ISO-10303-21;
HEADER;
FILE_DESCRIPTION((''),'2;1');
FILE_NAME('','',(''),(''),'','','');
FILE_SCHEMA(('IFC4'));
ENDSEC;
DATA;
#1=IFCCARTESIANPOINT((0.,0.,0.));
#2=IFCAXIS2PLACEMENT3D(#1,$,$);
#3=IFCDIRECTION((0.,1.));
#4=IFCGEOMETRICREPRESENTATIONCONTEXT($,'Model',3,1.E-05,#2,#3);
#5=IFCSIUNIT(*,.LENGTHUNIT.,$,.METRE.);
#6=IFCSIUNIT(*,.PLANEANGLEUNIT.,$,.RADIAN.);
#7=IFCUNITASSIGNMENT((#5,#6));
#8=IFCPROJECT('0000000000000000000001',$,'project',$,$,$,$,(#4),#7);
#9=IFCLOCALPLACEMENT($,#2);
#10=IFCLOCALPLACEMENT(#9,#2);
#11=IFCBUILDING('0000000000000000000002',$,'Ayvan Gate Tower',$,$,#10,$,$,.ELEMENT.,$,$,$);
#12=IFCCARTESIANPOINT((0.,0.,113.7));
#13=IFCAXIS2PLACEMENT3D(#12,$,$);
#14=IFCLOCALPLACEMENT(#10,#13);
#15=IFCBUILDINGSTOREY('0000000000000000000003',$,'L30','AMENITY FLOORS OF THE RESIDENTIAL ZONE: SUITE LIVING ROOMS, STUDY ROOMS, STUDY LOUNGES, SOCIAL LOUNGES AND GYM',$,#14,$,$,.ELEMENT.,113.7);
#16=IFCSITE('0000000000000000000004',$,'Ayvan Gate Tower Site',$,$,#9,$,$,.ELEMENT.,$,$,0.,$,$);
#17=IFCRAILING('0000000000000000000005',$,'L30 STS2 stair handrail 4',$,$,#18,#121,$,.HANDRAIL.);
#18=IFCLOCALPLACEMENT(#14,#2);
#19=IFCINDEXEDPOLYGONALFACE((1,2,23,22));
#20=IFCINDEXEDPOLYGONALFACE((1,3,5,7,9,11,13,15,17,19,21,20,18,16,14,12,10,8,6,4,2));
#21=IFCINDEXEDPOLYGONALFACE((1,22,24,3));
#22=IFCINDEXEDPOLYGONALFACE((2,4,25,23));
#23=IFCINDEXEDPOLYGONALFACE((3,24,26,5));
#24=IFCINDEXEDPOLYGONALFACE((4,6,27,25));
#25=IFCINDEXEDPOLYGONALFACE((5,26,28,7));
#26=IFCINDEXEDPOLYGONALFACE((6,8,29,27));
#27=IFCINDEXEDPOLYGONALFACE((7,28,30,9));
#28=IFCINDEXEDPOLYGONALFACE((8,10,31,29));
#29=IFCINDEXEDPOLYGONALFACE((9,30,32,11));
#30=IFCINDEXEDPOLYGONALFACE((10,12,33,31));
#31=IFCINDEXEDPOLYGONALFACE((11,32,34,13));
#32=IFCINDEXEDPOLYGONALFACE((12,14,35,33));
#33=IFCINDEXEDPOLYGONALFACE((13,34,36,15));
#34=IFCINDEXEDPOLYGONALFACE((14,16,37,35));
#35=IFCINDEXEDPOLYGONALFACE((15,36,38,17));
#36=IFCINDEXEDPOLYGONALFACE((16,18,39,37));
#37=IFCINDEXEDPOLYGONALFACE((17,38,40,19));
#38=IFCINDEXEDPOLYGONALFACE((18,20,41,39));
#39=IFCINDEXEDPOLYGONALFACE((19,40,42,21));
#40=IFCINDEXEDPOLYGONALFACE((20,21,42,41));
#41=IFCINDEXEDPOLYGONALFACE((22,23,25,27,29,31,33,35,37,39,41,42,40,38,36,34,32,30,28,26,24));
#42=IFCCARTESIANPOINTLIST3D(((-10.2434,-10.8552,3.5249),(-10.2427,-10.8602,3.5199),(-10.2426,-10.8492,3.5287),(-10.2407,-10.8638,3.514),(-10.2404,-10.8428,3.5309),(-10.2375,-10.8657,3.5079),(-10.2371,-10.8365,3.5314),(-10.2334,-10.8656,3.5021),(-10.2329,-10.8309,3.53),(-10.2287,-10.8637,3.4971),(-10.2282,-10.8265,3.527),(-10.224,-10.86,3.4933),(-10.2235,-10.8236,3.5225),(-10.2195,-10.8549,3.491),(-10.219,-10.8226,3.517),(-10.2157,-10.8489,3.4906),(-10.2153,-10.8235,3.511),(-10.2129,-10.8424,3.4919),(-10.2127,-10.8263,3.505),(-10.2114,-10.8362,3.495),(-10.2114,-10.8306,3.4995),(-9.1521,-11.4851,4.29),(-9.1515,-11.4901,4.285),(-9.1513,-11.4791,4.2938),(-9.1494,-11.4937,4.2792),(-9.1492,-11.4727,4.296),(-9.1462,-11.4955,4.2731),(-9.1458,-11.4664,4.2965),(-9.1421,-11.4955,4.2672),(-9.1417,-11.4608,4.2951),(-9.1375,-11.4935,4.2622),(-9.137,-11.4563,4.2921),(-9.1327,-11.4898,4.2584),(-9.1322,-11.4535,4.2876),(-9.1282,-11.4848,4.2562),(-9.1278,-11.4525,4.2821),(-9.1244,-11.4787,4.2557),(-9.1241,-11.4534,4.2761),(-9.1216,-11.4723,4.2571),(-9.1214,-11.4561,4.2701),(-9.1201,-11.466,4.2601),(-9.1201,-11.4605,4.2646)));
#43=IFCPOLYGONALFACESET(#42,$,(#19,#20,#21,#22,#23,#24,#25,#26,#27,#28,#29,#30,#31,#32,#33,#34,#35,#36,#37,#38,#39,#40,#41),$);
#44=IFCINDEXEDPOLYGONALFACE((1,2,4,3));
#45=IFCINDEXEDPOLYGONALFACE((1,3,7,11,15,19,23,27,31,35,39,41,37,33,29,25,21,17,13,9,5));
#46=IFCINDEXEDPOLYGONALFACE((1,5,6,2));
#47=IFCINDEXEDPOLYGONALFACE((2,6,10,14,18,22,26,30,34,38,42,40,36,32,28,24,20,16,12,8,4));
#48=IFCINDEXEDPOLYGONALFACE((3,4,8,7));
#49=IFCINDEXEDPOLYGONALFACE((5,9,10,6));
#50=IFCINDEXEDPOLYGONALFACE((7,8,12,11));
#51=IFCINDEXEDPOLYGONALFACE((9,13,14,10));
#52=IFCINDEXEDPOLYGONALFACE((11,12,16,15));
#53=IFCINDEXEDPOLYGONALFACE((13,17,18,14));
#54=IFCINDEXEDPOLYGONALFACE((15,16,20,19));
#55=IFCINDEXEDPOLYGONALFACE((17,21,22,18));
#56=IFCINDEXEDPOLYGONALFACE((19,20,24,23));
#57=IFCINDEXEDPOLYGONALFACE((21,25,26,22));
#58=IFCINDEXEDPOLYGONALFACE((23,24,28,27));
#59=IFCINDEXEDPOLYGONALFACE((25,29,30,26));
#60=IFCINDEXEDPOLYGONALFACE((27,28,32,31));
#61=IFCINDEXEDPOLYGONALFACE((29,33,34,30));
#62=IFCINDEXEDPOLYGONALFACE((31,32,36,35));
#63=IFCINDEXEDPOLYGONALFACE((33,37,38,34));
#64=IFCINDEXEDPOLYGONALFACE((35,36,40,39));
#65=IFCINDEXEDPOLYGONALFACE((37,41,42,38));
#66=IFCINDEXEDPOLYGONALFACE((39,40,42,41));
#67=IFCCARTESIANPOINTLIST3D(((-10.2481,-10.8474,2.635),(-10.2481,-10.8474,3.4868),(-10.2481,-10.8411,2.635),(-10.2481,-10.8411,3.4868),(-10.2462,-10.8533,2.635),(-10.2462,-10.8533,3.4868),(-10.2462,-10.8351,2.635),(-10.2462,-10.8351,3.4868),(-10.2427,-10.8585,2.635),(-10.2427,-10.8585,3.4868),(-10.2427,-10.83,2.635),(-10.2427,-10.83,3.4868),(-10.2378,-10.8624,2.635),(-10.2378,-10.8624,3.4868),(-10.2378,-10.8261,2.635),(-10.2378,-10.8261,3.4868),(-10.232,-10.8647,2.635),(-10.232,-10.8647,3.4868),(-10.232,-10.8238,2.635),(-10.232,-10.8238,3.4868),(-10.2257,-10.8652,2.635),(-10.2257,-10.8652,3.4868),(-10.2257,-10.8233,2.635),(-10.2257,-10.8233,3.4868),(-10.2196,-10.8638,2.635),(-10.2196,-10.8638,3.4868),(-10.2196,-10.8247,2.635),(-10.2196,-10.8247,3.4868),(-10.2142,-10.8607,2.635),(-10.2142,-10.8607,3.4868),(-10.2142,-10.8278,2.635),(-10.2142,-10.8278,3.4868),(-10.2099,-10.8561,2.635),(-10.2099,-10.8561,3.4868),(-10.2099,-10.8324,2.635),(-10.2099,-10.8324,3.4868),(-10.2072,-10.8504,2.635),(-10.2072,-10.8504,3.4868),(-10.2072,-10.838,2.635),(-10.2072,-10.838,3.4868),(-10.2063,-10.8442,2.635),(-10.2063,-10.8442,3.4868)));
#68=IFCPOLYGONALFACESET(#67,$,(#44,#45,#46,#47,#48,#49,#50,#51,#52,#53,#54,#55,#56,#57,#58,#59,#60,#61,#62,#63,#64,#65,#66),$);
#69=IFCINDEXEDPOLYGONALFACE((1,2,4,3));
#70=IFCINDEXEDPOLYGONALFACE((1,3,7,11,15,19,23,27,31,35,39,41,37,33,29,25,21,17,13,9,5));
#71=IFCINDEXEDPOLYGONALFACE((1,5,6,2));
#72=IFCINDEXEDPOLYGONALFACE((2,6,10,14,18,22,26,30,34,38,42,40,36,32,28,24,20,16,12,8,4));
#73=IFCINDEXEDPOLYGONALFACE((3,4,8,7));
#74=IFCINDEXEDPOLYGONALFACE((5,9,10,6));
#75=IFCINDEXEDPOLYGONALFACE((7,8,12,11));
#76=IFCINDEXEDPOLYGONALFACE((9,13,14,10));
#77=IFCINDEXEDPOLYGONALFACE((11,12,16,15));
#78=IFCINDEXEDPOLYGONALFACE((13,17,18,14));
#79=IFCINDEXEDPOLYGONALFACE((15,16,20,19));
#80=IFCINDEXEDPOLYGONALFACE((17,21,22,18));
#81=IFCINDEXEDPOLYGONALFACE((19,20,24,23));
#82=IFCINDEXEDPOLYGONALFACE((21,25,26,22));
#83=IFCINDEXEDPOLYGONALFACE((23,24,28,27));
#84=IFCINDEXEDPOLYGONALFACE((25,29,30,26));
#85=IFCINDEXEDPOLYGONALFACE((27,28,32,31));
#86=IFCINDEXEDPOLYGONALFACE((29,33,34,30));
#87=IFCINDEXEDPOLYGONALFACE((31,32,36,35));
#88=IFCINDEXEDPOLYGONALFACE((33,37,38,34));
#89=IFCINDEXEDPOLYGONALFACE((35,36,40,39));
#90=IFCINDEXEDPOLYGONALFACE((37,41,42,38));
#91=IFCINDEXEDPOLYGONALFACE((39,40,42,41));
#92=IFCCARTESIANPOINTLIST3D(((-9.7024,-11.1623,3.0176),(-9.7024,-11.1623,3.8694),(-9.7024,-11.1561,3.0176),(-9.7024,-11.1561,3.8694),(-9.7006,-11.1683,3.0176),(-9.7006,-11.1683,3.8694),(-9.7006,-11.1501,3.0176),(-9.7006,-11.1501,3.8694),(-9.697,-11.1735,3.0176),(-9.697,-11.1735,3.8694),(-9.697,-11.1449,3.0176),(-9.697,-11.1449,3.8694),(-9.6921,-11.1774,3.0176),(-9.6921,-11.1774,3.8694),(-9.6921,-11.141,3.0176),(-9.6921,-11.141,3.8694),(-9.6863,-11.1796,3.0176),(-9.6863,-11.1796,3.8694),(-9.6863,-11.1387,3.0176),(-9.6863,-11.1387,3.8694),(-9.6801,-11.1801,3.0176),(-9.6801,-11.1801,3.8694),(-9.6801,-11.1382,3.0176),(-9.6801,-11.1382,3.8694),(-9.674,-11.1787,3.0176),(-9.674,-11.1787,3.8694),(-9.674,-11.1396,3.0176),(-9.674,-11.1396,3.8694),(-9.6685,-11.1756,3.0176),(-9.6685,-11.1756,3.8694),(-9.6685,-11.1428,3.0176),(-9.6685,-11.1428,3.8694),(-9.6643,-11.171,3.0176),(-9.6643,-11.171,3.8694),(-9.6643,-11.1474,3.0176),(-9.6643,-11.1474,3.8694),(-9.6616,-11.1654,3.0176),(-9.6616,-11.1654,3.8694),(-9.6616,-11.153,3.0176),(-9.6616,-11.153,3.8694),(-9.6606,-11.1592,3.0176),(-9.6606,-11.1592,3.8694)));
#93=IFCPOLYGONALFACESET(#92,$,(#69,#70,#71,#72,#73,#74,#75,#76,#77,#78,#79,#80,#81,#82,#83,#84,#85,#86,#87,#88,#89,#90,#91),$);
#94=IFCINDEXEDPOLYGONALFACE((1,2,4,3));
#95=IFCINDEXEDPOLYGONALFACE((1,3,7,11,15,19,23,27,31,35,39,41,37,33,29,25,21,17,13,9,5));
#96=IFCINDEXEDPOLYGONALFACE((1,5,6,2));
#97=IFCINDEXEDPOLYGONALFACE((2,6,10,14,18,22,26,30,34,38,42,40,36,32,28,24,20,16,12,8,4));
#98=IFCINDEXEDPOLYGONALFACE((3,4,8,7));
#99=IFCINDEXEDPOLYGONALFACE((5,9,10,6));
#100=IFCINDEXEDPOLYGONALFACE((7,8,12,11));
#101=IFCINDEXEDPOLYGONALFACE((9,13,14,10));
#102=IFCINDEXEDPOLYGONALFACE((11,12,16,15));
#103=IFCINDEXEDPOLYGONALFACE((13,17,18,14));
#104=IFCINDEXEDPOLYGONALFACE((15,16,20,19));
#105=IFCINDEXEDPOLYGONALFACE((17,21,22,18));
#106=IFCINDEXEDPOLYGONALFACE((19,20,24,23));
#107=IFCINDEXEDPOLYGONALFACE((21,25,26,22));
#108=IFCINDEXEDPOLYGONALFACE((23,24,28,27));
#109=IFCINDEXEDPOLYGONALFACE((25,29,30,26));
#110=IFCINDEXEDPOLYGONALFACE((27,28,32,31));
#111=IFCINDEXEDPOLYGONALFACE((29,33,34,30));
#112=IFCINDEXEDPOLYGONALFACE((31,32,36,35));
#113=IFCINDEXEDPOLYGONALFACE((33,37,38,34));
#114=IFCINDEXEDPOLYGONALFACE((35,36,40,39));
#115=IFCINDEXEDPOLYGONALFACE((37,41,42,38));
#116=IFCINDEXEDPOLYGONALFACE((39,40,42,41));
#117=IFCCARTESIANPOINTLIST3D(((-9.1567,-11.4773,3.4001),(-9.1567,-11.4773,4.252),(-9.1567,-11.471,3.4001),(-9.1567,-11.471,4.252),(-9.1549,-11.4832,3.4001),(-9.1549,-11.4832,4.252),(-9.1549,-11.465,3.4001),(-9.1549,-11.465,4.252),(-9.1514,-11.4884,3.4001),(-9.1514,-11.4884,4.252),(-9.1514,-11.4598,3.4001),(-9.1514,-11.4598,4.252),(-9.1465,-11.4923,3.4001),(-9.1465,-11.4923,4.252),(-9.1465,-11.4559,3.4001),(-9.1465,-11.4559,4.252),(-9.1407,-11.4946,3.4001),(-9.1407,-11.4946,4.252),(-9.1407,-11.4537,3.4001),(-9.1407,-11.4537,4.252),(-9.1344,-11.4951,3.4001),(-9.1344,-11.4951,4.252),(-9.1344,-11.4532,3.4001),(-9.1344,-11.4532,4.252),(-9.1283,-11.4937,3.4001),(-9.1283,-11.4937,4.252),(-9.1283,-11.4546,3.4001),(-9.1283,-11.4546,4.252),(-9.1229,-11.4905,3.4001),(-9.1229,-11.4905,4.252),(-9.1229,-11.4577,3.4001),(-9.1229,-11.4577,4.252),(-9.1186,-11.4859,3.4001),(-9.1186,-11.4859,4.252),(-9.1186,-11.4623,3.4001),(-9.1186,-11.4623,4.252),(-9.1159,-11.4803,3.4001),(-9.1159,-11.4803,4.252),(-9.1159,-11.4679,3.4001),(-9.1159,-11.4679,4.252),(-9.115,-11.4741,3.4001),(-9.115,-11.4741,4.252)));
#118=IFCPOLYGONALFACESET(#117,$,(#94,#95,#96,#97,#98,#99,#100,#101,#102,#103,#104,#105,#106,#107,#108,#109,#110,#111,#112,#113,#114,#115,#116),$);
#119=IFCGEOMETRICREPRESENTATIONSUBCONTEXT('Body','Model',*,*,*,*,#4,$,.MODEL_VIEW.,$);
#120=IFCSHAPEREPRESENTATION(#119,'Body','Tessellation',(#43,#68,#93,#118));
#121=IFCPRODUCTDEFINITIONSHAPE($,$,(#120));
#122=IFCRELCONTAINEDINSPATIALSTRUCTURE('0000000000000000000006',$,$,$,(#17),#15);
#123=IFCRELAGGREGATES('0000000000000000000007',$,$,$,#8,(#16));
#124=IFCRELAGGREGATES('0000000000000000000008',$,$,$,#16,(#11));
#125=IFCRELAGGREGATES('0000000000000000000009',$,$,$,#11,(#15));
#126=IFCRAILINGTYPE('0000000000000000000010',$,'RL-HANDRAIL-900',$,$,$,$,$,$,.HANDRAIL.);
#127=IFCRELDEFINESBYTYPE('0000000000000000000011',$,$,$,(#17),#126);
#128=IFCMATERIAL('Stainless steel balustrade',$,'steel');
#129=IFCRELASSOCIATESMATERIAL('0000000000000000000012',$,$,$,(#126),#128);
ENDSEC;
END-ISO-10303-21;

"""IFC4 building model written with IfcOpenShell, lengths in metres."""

from ifc_helpers import new_model, si_unit, direction, frame, origin, origin_2d, place, context, subcontext, project, spatial, circle, extrude, material, type_object, element, save


model = new_model("IFC4")

# Units and contexts
model_context = context("Model", 3, precision=1e-05, world=origin(), true_north=direction((0.0, 1.0)))
body_context = subcontext(model_context, "Body", "Model", "MODEL_VIEW")
ifc_project = project(units=[si_unit("LENGTHUNIT", "METRE"), si_unit("PLANEANGLEUNIT", "RADIAN")], contexts=[model_context])

# Site, building, storey
site_placement = place(None, origin())
site = spatial("IfcSite", under=ifc_project, at=site_placement, Name="Ayvan Gate Tower Site", CompositionType="ELEMENT", RefElevation=0.0)
building_placement = place(site_placement, origin())
building = spatial("IfcBuilding", under=site, at=building_placement, Name="Ayvan Gate Tower", CompositionType="ELEMENT")
storey_placement = place(building_placement, frame((0.0, 0.0, 113.7)))
storey = spatial("IfcBuildingStorey", under=building, at=storey_placement, Name="L30", Description="AMENITY FLOORS OF THE RESIDENTIAL ZONE: SUITE LIVING ROOMS, STUDY ROOMS, STUDY LOUNGES, SOCIAL LOUNGES AND GYM", CompositionType="ELEMENT", Elevation=113.7)

# Railing
ifc_material_1 = material(Name="Stainless steel balustrade", Category="steel")
railing_type_1 = type_object("IfcRailingType", Name="RL-HANDRAIL-900", PredefinedType="HANDRAIL", material=ifc_material_1)
railing_1_placement = place(storey_placement, frame((-10.2273, -10.8442, 2.635)))
element("IfcRailing", 1, at=railing_1_placement, inside=storey, type_object=railing_type_1, Name="L30 STS2 stair handrail 4", PredefinedType="HANDRAIL", context=body_context, shape_type="SweptSolid", body=[
    extrude(circle(Radius=0.0239, at=origin_2d()), frame((0.0, 0.0, 0.876), z_axis=(0.740293, -0.427283, 0.519033), x_axis=(0.49989, 0.866089, 0.0)), (0.0, 0.0, 1.0), 1.4741),
    extrude(circle(Radius=0.021, at=origin_2d()), origin(), (0.0, 0.0, 1.0), 0.8518),
    extrude(circle(Radius=0.021, at=origin_2d()), frame((0.5457, -0.3149, 0.3826)), (0.0, 0.0, 1.0), 0.8518),
    extrude(circle(Radius=0.021, at=origin_2d()), frame((1.0913, -0.6299, 0.7651)), (0.0, 0.0, 1.0), 0.8518),
])

save(model, "model.ifc")
